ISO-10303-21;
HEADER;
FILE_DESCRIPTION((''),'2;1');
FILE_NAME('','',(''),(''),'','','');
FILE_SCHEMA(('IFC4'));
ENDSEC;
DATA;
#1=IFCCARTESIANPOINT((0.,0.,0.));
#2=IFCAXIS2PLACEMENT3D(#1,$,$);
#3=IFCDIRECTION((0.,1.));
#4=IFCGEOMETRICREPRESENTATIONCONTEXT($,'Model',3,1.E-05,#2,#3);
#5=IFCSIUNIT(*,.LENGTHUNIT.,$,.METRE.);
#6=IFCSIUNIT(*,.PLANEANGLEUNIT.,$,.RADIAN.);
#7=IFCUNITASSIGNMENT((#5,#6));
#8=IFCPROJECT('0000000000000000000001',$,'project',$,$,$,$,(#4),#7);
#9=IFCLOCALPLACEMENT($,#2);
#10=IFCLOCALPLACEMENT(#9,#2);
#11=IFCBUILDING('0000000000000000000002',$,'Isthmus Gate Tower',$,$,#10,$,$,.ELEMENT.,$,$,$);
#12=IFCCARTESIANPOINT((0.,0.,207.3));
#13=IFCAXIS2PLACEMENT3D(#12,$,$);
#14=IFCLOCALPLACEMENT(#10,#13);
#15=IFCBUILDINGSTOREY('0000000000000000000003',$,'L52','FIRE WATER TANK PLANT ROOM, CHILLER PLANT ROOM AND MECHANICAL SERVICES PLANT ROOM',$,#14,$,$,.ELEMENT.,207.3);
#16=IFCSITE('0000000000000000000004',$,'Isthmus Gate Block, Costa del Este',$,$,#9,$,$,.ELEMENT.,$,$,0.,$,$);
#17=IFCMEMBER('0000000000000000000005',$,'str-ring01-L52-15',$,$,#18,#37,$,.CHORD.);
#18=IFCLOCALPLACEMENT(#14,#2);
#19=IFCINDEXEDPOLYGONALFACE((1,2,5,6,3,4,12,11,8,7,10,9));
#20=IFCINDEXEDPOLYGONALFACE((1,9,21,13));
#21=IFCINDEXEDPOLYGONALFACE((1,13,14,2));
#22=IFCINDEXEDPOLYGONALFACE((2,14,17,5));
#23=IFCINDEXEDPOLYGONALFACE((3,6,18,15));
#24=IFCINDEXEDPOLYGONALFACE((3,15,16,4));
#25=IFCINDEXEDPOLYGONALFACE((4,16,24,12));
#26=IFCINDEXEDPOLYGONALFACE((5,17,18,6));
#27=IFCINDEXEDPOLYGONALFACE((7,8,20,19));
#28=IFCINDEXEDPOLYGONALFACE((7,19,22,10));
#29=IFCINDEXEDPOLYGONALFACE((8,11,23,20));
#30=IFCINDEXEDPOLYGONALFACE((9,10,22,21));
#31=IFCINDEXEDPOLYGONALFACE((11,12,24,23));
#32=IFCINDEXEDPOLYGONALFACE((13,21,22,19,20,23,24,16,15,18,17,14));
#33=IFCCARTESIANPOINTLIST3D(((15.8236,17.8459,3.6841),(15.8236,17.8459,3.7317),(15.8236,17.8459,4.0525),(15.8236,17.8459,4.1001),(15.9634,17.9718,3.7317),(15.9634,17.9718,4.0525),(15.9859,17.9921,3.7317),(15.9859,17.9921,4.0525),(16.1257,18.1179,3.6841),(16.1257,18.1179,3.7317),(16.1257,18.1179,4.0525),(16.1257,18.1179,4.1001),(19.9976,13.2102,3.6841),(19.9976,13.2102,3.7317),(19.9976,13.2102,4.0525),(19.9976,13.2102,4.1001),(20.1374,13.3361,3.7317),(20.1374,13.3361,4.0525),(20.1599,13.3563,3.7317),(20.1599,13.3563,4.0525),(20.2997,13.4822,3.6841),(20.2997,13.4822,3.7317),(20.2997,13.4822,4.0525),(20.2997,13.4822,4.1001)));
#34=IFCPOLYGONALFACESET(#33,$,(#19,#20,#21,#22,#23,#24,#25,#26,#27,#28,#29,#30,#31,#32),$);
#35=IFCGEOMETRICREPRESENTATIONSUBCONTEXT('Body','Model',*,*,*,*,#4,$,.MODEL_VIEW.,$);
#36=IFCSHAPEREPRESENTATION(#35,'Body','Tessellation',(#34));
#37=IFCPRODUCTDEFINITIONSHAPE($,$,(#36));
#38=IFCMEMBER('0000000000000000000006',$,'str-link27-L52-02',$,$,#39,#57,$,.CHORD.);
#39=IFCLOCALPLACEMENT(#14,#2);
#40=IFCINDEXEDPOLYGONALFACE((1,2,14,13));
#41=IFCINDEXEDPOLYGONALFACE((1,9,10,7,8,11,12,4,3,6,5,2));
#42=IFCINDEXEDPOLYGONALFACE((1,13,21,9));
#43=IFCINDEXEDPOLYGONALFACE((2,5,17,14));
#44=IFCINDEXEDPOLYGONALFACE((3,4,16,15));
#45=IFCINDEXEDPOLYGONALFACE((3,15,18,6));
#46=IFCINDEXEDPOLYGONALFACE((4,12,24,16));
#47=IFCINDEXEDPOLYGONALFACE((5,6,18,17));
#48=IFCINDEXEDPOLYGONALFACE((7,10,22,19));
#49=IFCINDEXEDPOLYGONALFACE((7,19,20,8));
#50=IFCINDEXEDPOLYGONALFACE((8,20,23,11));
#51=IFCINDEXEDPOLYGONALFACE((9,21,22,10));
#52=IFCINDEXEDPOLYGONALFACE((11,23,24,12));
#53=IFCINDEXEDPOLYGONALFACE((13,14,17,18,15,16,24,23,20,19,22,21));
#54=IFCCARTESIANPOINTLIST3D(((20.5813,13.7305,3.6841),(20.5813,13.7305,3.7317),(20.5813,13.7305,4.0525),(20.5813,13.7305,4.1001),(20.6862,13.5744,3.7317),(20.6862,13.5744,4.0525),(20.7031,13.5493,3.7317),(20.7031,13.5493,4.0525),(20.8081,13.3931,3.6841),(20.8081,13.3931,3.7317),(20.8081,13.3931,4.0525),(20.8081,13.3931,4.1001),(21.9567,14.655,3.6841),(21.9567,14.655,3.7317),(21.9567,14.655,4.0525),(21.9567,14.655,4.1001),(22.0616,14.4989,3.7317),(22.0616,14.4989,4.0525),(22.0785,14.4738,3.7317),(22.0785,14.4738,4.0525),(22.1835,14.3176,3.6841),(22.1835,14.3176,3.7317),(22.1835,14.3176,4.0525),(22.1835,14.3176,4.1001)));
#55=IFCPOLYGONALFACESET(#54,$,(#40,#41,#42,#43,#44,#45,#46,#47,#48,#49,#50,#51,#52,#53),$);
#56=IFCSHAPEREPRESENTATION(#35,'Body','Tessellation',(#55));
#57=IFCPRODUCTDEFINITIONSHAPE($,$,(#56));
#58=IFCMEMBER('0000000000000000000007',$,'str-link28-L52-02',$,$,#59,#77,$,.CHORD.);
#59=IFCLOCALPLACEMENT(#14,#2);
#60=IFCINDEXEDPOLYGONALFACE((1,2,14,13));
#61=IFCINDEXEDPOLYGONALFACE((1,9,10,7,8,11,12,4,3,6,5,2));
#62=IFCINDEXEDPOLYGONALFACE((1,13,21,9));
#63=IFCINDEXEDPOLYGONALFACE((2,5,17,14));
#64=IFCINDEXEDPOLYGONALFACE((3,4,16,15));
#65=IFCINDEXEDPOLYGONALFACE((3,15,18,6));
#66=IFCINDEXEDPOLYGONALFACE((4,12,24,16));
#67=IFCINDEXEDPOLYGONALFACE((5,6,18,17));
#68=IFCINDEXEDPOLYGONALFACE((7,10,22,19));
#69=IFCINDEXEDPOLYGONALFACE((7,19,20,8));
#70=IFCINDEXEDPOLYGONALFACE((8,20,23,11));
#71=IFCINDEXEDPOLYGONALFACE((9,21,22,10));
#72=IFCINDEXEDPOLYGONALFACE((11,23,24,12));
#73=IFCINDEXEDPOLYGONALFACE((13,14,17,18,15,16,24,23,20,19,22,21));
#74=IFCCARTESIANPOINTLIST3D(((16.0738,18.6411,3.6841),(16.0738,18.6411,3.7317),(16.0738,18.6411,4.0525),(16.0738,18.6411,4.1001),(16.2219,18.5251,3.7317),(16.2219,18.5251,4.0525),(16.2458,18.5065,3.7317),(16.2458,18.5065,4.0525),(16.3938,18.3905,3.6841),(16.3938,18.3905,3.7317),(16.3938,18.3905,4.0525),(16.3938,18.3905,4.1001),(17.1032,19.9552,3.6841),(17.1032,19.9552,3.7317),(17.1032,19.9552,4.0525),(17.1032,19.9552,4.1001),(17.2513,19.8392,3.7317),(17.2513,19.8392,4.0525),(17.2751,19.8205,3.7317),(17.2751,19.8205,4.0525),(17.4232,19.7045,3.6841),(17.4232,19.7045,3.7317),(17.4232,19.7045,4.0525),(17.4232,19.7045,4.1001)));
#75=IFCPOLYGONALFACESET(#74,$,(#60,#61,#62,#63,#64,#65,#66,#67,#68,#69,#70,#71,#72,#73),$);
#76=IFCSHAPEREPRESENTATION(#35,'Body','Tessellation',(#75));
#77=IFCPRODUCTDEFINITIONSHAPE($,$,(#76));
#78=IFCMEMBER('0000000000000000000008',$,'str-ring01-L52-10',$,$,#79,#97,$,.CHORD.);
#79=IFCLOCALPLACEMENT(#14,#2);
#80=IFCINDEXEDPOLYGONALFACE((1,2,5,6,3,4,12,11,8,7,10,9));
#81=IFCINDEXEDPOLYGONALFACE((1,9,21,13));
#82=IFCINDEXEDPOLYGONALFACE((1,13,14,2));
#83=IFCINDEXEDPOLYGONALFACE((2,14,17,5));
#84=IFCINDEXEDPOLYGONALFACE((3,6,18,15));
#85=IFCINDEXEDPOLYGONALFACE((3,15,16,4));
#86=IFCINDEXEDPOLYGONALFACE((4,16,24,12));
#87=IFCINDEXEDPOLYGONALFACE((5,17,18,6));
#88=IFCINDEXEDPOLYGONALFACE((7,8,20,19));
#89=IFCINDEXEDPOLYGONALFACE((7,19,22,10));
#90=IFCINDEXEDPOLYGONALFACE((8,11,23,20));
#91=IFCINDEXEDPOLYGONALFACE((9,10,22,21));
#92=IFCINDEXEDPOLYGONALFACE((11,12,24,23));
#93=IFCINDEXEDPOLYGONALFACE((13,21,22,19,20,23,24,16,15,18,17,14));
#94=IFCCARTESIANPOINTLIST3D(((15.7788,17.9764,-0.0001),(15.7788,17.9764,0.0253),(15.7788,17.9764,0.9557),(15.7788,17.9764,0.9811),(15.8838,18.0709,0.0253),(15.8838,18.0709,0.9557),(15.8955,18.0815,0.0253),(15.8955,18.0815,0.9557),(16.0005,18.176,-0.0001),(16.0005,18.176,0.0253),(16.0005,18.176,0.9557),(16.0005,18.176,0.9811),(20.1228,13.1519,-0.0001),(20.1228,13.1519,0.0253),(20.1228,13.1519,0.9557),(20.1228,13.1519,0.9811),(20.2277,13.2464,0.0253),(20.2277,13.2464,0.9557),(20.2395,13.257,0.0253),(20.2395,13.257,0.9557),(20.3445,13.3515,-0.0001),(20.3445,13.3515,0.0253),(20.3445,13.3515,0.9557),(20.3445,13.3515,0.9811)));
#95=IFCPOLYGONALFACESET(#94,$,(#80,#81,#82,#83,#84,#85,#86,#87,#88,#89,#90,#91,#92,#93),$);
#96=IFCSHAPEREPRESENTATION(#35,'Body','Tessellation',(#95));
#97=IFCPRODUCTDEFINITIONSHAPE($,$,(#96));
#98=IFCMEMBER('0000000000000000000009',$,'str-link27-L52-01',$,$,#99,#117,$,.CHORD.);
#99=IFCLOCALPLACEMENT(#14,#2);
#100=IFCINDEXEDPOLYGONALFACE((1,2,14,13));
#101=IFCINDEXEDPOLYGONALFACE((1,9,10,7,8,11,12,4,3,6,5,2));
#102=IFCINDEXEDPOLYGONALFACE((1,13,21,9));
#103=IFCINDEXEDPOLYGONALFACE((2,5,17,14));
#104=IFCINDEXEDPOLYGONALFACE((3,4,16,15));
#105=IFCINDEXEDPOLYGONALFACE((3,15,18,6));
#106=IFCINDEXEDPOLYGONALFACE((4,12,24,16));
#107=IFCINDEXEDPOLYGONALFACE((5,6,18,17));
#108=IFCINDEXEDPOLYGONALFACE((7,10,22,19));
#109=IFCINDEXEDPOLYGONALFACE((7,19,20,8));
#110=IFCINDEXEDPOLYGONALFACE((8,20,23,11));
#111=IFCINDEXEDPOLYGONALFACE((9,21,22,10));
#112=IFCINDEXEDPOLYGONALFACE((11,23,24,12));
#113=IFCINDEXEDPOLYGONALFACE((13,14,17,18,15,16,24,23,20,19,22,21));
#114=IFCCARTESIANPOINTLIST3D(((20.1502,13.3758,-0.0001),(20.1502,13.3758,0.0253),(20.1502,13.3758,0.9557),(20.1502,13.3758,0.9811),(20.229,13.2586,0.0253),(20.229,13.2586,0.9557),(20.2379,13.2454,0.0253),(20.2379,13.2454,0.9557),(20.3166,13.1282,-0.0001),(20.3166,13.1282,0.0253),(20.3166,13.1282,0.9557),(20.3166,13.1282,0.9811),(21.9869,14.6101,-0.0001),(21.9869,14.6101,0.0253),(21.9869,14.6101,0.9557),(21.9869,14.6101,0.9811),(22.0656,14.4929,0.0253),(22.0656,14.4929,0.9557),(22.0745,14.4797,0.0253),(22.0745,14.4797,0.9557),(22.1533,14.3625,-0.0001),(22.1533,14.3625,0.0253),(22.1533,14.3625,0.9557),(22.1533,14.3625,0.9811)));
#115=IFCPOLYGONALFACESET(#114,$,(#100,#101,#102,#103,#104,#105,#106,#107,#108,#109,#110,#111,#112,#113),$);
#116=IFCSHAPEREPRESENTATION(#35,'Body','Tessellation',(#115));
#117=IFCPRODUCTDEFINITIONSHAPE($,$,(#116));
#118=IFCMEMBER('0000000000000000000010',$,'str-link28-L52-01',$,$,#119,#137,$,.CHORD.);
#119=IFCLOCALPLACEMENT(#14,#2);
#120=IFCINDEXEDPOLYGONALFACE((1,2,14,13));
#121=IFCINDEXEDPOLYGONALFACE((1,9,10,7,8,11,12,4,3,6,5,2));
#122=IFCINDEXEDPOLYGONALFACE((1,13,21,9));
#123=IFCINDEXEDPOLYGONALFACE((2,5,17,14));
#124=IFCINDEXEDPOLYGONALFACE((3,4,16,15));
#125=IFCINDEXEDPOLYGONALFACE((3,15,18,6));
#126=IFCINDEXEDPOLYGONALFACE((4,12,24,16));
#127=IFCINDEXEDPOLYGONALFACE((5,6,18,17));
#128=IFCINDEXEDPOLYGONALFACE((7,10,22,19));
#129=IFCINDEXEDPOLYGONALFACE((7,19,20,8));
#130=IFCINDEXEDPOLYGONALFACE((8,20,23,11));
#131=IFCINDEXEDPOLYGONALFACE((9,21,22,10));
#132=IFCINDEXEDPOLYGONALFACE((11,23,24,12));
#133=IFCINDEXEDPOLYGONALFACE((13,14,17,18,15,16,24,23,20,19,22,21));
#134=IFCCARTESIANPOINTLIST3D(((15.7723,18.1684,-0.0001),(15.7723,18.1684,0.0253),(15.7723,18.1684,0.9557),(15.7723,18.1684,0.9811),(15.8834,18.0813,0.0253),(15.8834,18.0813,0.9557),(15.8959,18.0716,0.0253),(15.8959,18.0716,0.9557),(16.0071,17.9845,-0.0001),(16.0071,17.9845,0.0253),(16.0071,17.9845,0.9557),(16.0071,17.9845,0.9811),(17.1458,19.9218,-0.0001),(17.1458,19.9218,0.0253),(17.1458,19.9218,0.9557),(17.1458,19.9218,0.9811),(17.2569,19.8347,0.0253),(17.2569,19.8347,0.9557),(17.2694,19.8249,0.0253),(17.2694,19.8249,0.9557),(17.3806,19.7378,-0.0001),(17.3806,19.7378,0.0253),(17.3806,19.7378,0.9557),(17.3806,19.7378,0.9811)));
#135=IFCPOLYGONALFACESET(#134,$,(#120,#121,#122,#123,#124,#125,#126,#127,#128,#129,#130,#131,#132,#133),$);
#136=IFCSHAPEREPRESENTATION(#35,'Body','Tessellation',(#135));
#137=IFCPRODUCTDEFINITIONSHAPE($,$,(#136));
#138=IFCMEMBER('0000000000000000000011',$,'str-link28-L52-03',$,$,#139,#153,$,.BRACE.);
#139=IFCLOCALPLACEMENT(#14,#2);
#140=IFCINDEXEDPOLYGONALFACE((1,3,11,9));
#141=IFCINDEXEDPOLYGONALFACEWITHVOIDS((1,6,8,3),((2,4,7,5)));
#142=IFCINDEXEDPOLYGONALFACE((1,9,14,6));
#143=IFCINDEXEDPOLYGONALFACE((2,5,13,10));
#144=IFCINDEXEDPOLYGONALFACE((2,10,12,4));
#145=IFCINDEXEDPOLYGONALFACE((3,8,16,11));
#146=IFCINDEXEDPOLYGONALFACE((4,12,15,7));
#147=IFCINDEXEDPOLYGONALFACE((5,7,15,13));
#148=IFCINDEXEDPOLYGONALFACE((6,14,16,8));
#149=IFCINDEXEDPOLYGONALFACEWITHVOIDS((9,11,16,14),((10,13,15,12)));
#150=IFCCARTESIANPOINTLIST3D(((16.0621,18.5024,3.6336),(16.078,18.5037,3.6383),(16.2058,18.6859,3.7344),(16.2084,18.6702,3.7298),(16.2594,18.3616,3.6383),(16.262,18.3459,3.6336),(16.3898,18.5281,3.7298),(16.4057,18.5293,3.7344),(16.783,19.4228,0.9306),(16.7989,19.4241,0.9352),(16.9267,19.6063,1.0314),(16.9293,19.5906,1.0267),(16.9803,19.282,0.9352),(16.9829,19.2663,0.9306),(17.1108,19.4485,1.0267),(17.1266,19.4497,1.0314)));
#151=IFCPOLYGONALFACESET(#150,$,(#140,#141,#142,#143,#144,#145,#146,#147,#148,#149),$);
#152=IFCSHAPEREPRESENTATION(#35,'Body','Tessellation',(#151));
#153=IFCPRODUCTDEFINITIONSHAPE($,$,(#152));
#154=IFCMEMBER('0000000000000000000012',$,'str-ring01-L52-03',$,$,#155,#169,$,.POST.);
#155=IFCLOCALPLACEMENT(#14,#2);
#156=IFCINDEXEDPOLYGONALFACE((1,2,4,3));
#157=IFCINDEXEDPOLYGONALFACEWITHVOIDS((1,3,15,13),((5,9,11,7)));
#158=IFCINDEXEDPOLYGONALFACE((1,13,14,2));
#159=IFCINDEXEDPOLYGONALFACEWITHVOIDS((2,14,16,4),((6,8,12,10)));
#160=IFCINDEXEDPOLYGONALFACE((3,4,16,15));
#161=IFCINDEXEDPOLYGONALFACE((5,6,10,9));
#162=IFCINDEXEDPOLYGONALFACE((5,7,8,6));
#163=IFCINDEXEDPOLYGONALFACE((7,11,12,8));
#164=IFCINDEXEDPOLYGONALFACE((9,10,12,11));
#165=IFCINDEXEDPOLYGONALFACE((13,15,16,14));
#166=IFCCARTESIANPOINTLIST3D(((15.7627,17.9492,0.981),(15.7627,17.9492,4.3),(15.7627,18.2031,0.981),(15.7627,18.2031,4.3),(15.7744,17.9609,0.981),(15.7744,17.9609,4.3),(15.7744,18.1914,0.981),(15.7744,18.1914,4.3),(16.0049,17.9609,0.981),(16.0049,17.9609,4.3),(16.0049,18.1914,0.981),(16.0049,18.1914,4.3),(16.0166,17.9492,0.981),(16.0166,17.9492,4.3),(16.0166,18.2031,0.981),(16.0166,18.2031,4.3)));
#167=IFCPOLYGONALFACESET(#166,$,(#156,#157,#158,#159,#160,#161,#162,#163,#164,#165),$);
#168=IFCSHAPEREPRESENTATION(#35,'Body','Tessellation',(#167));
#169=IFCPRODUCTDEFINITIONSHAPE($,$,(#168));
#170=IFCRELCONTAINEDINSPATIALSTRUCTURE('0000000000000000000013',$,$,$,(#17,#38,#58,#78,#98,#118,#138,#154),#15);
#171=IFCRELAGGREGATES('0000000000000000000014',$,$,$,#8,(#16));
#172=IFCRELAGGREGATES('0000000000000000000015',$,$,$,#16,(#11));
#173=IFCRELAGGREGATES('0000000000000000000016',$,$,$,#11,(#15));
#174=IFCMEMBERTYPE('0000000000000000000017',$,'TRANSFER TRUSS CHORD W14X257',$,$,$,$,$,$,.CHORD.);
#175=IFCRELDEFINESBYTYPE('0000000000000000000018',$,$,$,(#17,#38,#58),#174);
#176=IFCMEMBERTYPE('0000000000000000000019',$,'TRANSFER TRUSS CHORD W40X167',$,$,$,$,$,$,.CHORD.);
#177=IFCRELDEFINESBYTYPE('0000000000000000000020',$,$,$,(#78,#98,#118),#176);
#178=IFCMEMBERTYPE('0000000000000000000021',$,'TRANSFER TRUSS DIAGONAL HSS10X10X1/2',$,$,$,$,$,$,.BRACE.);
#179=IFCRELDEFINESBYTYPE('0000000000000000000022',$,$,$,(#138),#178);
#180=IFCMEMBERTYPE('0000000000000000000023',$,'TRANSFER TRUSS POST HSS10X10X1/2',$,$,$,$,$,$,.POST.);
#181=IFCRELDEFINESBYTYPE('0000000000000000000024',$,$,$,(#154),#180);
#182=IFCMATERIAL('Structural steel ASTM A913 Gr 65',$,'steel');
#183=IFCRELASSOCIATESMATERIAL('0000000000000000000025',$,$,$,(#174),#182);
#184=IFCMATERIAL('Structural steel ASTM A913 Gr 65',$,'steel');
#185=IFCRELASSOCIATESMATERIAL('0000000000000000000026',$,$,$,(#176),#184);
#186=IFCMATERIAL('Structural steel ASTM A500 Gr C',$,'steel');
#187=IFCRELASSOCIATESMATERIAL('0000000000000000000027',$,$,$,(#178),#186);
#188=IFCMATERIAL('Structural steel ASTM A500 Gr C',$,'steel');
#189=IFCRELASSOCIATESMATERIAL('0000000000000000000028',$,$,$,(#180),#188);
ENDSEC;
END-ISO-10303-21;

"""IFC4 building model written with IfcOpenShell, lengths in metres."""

from ifc_helpers import new_model, si_unit, direction, frame, origin, origin_2d, place, context, subcontext, project, spatial, hollow_rectangle, i_section, extrude, material, material_profile, profile_set, type_object, element, save


model = new_model("IFC4")

# Units and contexts
model_context = context("Model", 3, precision=1e-05, world=origin(), true_north=direction((0.0, 1.0)))
body_context = subcontext(model_context, "Body", "Model", "MODEL_VIEW")
ifc_project = project(units=[si_unit("LENGTHUNIT", "METRE"), si_unit("PLANEANGLEUNIT", "RADIAN")], contexts=[model_context])

# Site, building, storey
site_placement = place(None, origin())
site = spatial("IfcSite", under=ifc_project, at=site_placement, Name="Isthmus Gate Block, Costa del Este", CompositionType="ELEMENT", RefElevation=0.0)
building_placement = place(site_placement, origin())
building = spatial("IfcBuilding", under=site, at=building_placement, Name="Isthmus Gate Tower", CompositionType="ELEMENT")
storey_placement = place(building_placement, frame((0.0, 0.0, 207.3)))
storey = spatial("IfcBuildingStorey", under=building, at=storey_placement, Name="L52", Description="FIRE WATER TANK PLANT ROOM, CHILLER PLANT ROOM AND MECHANICAL SERVICES PLANT ROOM", CompositionType="ELEMENT", Elevation=207.3)

# Members
ifc_material_1 = material(Name="Structural steel ASTM A913 Gr 65", Category="steel")
ifc_material_profile_1 = material_profile(ifc_material_1, i_section(OverallWidth=0.4065, OverallDepth=0.416, WebThickness=0.0303, FlangeThickness=0.0476, at=origin_2d()), Name="W14X257")
ifc_profile_set_1 = profile_set([ifc_material_profile_1], Name="Structural steel ASTM A913 Gr 65")
member_type_1 = type_object("IfcMemberType", Name="TRANSFER TRUSS CHORD W14X257", PredefinedType="CHORD", material=ifc_profile_set_1)
member_1_placement = place(storey_placement, frame((15.9746, 17.9819, 3.8921), z_axis=(0.669133, -0.743142, 0.0), x_axis=(0.743142, 0.669133, 0.0)))
element("IfcMember", 1, at=member_1_placement, inside=storey, type_object=member_type_1, Name="str-ring01-L52-15", PredefinedType="CHORD", context=body_context, shape_type="SweptSolid", body=[
    extrude(i_section(OverallWidth=0.4065, OverallDepth=0.416, WebThickness=0.0303, FlangeThickness=0.0476, at=origin_2d()), origin(), (0.0, 0.0, 1.0), 6.238),
])
member_2_placement = place(storey_placement, frame((22.0701, 14.4863, 3.8921), z_axis=(-0.829937, -0.557858, 0.0), x_axis=(0.557858, -0.829937, 0.0)))
element("IfcMember", 2, at=member_2_placement, inside=storey, type_object=member_type_1, Name="str-link27-L52-02", PredefinedType="CHORD", context=body_context, shape_type="SweptSolid", body=[
    extrude(i_section(OverallWidth=0.4065, OverallDepth=0.416, WebThickness=0.0303, FlangeThickness=0.0476, at=origin_2d()), origin(), (0.0, 0.0, 1.0), 1.6572),
])
member_3_placement = place(storey_placement, frame((17.2632, 19.8298, 3.8921), z_axis=(-0.616671, -0.787221, 0.0), x_axis=(0.787221, -0.616671, 0.0)))
element("IfcMember", 3, at=member_3_placement, inside=storey, type_object=member_type_1, Name="str-link28-L52-02", PredefinedType="CHORD", context=body_context, shape_type="SweptSolid", body=[
    extrude(i_section(OverallWidth=0.4065, OverallDepth=0.416, WebThickness=0.0303, FlangeThickness=0.0476, at=origin_2d()), origin(), (0.0, 0.0, 1.0), 1.6692),
])
ifc_material_2 = material(Name="Structural steel ASTM A913 Gr 65", Category="steel")
ifc_material_profile_2 = material_profile(ifc_material_2, i_section(OverallWidth=0.2983, OverallDepth=0.9812, WebThickness=0.0159, FlangeThickness=0.0254, at=origin_2d()), Name="W40X167")
ifc_profile_set_2 = profile_set([ifc_material_profile_2], Name="Structural steel ASTM A913 Gr 65")
member_type_2 = type_object("IfcMemberType", Name="TRANSFER TRUSS CHORD W40X167", PredefinedType="CHORD", material=ifc_profile_set_2)
member_4_placement = place(storey_placement, frame((15.8896, 18.0762, 0.4905), z_axis=(0.669133, -0.743143, 0.0), x_axis=(0.743143, 0.669133, 0.0)))
element("IfcMember", 4, at=member_4_placement, inside=storey, type_object=member_type_2, Name="str-ring01-L52-10", PredefinedType="CHORD", context=body_context, shape_type="SweptSolid", body=[
    extrude(i_section(OverallWidth=0.2983, OverallDepth=0.9812, WebThickness=0.0159, FlangeThickness=0.0254, at=origin_2d()), origin(), (0.0, 0.0, 1.0), 6.4919),
])
member_5_placement = place(storey_placement, frame((22.0701, 14.4863, 0.4905), z_axis=(-0.829974, -0.557802, 0.0), x_axis=(0.557802, -0.829974, 0.0)))
element("IfcMember", 5, at=member_5_placement, inside=storey, type_object=member_type_2, Name="str-link27-L52-01", PredefinedType="CHORD", context=body_context, shape_type="SweptSolid", body=[
    extrude(i_section(OverallWidth=0.2983, OverallDepth=0.9812, WebThickness=0.0159, FlangeThickness=0.0254, at=origin_2d()), origin(), (0.0, 0.0, 1.0), 2.2129),
])
member_6_placement = place(storey_placement, frame((17.2632, 19.8298, 0.4905), z_axis=(-0.616669, -0.787223, 0.0), x_axis=(0.787223, -0.616669, 0.0)))
element("IfcMember", 6, at=member_6_placement, inside=storey, type_object=member_type_2, Name="str-link28-L52-01", PredefinedType="CHORD", context=body_context, shape_type="SweptSolid", body=[
    extrude(i_section(OverallWidth=0.2983, OverallDepth=0.9812, WebThickness=0.0159, FlangeThickness=0.0254, at=origin_2d()), origin(), (0.0, 0.0, 1.0), 2.2273),
])
ifc_material_3 = material(Name="Structural steel ASTM A500 Gr C", Category="steel")
ifc_material_profile_3 = material_profile(ifc_material_3, hollow_rectangle(XDim=0.2539, YDim=0.2539, WallThickness=0.0117, at=origin_2d()), Name="HSS10X10X1/2")
ifc_profile_set_3 = profile_set([ifc_material_profile_3], Name="Structural steel ASTM A500 Gr C")
member_type_3 = type_object("IfcMemberType", Name="TRANSFER TRUSS DIAGONAL HSS10X10X1/2", PredefinedType="BRACE", material=ifc_profile_set_3)
member_7_placement = place(storey_placement, frame((16.9548, 19.4363, 0.981), z_axis=(-0.244793, -0.312519, 0.917828), x_axis=(0.787245, -0.61664, 0.0)))
element("IfcMember", 7, at=member_7_placement, inside=storey, type_object=member_type_3, Name="str-link28-L52-03", PredefinedType="BRACE", context=body_context, shape_type="SweptSolid", body=[
    extrude(hollow_rectangle(XDim=0.2539, YDim=0.2539, WallThickness=0.0117, at=origin_2d()), origin(), (0.0, 0.0, 1.0), 2.9451),
])
ifc_material_4 = material(Name="Structural steel ASTM A500 Gr C", Category="steel")
ifc_material_profile_4 = material_profile(ifc_material_4, hollow_rectangle(XDim=0.2539, YDim=0.2539, WallThickness=0.0117, at=origin_2d()), Name="HSS10X10X1/2")
ifc_profile_set_4 = profile_set([ifc_material_profile_4], Name="Structural steel ASTM A500 Gr C")
member_type_4 = type_object("IfcMemberType", Name="TRANSFER TRUSS POST HSS10X10X1/2", PredefinedType="POST", material=ifc_profile_set_4)
member_8_placement = place(storey_placement, frame((15.8896, 18.0762, 0.981), z_axis=(0.0, 0.0, 1.0), x_axis=(1.0, 0.0, 0.0)))
element("IfcMember", 8, at=member_8_placement, inside=storey, type_object=member_type_4, Name="str-ring01-L52-03", PredefinedType="POST", context=body_context, shape_type="SweptSolid", body=[
    extrude(hollow_rectangle(XDim=0.2539, YDim=0.2539, WallThickness=0.0117, at=origin_2d()), origin(), (0.0, 0.0, 1.0), 3.3191),
])

save(model, "model.ifc")
